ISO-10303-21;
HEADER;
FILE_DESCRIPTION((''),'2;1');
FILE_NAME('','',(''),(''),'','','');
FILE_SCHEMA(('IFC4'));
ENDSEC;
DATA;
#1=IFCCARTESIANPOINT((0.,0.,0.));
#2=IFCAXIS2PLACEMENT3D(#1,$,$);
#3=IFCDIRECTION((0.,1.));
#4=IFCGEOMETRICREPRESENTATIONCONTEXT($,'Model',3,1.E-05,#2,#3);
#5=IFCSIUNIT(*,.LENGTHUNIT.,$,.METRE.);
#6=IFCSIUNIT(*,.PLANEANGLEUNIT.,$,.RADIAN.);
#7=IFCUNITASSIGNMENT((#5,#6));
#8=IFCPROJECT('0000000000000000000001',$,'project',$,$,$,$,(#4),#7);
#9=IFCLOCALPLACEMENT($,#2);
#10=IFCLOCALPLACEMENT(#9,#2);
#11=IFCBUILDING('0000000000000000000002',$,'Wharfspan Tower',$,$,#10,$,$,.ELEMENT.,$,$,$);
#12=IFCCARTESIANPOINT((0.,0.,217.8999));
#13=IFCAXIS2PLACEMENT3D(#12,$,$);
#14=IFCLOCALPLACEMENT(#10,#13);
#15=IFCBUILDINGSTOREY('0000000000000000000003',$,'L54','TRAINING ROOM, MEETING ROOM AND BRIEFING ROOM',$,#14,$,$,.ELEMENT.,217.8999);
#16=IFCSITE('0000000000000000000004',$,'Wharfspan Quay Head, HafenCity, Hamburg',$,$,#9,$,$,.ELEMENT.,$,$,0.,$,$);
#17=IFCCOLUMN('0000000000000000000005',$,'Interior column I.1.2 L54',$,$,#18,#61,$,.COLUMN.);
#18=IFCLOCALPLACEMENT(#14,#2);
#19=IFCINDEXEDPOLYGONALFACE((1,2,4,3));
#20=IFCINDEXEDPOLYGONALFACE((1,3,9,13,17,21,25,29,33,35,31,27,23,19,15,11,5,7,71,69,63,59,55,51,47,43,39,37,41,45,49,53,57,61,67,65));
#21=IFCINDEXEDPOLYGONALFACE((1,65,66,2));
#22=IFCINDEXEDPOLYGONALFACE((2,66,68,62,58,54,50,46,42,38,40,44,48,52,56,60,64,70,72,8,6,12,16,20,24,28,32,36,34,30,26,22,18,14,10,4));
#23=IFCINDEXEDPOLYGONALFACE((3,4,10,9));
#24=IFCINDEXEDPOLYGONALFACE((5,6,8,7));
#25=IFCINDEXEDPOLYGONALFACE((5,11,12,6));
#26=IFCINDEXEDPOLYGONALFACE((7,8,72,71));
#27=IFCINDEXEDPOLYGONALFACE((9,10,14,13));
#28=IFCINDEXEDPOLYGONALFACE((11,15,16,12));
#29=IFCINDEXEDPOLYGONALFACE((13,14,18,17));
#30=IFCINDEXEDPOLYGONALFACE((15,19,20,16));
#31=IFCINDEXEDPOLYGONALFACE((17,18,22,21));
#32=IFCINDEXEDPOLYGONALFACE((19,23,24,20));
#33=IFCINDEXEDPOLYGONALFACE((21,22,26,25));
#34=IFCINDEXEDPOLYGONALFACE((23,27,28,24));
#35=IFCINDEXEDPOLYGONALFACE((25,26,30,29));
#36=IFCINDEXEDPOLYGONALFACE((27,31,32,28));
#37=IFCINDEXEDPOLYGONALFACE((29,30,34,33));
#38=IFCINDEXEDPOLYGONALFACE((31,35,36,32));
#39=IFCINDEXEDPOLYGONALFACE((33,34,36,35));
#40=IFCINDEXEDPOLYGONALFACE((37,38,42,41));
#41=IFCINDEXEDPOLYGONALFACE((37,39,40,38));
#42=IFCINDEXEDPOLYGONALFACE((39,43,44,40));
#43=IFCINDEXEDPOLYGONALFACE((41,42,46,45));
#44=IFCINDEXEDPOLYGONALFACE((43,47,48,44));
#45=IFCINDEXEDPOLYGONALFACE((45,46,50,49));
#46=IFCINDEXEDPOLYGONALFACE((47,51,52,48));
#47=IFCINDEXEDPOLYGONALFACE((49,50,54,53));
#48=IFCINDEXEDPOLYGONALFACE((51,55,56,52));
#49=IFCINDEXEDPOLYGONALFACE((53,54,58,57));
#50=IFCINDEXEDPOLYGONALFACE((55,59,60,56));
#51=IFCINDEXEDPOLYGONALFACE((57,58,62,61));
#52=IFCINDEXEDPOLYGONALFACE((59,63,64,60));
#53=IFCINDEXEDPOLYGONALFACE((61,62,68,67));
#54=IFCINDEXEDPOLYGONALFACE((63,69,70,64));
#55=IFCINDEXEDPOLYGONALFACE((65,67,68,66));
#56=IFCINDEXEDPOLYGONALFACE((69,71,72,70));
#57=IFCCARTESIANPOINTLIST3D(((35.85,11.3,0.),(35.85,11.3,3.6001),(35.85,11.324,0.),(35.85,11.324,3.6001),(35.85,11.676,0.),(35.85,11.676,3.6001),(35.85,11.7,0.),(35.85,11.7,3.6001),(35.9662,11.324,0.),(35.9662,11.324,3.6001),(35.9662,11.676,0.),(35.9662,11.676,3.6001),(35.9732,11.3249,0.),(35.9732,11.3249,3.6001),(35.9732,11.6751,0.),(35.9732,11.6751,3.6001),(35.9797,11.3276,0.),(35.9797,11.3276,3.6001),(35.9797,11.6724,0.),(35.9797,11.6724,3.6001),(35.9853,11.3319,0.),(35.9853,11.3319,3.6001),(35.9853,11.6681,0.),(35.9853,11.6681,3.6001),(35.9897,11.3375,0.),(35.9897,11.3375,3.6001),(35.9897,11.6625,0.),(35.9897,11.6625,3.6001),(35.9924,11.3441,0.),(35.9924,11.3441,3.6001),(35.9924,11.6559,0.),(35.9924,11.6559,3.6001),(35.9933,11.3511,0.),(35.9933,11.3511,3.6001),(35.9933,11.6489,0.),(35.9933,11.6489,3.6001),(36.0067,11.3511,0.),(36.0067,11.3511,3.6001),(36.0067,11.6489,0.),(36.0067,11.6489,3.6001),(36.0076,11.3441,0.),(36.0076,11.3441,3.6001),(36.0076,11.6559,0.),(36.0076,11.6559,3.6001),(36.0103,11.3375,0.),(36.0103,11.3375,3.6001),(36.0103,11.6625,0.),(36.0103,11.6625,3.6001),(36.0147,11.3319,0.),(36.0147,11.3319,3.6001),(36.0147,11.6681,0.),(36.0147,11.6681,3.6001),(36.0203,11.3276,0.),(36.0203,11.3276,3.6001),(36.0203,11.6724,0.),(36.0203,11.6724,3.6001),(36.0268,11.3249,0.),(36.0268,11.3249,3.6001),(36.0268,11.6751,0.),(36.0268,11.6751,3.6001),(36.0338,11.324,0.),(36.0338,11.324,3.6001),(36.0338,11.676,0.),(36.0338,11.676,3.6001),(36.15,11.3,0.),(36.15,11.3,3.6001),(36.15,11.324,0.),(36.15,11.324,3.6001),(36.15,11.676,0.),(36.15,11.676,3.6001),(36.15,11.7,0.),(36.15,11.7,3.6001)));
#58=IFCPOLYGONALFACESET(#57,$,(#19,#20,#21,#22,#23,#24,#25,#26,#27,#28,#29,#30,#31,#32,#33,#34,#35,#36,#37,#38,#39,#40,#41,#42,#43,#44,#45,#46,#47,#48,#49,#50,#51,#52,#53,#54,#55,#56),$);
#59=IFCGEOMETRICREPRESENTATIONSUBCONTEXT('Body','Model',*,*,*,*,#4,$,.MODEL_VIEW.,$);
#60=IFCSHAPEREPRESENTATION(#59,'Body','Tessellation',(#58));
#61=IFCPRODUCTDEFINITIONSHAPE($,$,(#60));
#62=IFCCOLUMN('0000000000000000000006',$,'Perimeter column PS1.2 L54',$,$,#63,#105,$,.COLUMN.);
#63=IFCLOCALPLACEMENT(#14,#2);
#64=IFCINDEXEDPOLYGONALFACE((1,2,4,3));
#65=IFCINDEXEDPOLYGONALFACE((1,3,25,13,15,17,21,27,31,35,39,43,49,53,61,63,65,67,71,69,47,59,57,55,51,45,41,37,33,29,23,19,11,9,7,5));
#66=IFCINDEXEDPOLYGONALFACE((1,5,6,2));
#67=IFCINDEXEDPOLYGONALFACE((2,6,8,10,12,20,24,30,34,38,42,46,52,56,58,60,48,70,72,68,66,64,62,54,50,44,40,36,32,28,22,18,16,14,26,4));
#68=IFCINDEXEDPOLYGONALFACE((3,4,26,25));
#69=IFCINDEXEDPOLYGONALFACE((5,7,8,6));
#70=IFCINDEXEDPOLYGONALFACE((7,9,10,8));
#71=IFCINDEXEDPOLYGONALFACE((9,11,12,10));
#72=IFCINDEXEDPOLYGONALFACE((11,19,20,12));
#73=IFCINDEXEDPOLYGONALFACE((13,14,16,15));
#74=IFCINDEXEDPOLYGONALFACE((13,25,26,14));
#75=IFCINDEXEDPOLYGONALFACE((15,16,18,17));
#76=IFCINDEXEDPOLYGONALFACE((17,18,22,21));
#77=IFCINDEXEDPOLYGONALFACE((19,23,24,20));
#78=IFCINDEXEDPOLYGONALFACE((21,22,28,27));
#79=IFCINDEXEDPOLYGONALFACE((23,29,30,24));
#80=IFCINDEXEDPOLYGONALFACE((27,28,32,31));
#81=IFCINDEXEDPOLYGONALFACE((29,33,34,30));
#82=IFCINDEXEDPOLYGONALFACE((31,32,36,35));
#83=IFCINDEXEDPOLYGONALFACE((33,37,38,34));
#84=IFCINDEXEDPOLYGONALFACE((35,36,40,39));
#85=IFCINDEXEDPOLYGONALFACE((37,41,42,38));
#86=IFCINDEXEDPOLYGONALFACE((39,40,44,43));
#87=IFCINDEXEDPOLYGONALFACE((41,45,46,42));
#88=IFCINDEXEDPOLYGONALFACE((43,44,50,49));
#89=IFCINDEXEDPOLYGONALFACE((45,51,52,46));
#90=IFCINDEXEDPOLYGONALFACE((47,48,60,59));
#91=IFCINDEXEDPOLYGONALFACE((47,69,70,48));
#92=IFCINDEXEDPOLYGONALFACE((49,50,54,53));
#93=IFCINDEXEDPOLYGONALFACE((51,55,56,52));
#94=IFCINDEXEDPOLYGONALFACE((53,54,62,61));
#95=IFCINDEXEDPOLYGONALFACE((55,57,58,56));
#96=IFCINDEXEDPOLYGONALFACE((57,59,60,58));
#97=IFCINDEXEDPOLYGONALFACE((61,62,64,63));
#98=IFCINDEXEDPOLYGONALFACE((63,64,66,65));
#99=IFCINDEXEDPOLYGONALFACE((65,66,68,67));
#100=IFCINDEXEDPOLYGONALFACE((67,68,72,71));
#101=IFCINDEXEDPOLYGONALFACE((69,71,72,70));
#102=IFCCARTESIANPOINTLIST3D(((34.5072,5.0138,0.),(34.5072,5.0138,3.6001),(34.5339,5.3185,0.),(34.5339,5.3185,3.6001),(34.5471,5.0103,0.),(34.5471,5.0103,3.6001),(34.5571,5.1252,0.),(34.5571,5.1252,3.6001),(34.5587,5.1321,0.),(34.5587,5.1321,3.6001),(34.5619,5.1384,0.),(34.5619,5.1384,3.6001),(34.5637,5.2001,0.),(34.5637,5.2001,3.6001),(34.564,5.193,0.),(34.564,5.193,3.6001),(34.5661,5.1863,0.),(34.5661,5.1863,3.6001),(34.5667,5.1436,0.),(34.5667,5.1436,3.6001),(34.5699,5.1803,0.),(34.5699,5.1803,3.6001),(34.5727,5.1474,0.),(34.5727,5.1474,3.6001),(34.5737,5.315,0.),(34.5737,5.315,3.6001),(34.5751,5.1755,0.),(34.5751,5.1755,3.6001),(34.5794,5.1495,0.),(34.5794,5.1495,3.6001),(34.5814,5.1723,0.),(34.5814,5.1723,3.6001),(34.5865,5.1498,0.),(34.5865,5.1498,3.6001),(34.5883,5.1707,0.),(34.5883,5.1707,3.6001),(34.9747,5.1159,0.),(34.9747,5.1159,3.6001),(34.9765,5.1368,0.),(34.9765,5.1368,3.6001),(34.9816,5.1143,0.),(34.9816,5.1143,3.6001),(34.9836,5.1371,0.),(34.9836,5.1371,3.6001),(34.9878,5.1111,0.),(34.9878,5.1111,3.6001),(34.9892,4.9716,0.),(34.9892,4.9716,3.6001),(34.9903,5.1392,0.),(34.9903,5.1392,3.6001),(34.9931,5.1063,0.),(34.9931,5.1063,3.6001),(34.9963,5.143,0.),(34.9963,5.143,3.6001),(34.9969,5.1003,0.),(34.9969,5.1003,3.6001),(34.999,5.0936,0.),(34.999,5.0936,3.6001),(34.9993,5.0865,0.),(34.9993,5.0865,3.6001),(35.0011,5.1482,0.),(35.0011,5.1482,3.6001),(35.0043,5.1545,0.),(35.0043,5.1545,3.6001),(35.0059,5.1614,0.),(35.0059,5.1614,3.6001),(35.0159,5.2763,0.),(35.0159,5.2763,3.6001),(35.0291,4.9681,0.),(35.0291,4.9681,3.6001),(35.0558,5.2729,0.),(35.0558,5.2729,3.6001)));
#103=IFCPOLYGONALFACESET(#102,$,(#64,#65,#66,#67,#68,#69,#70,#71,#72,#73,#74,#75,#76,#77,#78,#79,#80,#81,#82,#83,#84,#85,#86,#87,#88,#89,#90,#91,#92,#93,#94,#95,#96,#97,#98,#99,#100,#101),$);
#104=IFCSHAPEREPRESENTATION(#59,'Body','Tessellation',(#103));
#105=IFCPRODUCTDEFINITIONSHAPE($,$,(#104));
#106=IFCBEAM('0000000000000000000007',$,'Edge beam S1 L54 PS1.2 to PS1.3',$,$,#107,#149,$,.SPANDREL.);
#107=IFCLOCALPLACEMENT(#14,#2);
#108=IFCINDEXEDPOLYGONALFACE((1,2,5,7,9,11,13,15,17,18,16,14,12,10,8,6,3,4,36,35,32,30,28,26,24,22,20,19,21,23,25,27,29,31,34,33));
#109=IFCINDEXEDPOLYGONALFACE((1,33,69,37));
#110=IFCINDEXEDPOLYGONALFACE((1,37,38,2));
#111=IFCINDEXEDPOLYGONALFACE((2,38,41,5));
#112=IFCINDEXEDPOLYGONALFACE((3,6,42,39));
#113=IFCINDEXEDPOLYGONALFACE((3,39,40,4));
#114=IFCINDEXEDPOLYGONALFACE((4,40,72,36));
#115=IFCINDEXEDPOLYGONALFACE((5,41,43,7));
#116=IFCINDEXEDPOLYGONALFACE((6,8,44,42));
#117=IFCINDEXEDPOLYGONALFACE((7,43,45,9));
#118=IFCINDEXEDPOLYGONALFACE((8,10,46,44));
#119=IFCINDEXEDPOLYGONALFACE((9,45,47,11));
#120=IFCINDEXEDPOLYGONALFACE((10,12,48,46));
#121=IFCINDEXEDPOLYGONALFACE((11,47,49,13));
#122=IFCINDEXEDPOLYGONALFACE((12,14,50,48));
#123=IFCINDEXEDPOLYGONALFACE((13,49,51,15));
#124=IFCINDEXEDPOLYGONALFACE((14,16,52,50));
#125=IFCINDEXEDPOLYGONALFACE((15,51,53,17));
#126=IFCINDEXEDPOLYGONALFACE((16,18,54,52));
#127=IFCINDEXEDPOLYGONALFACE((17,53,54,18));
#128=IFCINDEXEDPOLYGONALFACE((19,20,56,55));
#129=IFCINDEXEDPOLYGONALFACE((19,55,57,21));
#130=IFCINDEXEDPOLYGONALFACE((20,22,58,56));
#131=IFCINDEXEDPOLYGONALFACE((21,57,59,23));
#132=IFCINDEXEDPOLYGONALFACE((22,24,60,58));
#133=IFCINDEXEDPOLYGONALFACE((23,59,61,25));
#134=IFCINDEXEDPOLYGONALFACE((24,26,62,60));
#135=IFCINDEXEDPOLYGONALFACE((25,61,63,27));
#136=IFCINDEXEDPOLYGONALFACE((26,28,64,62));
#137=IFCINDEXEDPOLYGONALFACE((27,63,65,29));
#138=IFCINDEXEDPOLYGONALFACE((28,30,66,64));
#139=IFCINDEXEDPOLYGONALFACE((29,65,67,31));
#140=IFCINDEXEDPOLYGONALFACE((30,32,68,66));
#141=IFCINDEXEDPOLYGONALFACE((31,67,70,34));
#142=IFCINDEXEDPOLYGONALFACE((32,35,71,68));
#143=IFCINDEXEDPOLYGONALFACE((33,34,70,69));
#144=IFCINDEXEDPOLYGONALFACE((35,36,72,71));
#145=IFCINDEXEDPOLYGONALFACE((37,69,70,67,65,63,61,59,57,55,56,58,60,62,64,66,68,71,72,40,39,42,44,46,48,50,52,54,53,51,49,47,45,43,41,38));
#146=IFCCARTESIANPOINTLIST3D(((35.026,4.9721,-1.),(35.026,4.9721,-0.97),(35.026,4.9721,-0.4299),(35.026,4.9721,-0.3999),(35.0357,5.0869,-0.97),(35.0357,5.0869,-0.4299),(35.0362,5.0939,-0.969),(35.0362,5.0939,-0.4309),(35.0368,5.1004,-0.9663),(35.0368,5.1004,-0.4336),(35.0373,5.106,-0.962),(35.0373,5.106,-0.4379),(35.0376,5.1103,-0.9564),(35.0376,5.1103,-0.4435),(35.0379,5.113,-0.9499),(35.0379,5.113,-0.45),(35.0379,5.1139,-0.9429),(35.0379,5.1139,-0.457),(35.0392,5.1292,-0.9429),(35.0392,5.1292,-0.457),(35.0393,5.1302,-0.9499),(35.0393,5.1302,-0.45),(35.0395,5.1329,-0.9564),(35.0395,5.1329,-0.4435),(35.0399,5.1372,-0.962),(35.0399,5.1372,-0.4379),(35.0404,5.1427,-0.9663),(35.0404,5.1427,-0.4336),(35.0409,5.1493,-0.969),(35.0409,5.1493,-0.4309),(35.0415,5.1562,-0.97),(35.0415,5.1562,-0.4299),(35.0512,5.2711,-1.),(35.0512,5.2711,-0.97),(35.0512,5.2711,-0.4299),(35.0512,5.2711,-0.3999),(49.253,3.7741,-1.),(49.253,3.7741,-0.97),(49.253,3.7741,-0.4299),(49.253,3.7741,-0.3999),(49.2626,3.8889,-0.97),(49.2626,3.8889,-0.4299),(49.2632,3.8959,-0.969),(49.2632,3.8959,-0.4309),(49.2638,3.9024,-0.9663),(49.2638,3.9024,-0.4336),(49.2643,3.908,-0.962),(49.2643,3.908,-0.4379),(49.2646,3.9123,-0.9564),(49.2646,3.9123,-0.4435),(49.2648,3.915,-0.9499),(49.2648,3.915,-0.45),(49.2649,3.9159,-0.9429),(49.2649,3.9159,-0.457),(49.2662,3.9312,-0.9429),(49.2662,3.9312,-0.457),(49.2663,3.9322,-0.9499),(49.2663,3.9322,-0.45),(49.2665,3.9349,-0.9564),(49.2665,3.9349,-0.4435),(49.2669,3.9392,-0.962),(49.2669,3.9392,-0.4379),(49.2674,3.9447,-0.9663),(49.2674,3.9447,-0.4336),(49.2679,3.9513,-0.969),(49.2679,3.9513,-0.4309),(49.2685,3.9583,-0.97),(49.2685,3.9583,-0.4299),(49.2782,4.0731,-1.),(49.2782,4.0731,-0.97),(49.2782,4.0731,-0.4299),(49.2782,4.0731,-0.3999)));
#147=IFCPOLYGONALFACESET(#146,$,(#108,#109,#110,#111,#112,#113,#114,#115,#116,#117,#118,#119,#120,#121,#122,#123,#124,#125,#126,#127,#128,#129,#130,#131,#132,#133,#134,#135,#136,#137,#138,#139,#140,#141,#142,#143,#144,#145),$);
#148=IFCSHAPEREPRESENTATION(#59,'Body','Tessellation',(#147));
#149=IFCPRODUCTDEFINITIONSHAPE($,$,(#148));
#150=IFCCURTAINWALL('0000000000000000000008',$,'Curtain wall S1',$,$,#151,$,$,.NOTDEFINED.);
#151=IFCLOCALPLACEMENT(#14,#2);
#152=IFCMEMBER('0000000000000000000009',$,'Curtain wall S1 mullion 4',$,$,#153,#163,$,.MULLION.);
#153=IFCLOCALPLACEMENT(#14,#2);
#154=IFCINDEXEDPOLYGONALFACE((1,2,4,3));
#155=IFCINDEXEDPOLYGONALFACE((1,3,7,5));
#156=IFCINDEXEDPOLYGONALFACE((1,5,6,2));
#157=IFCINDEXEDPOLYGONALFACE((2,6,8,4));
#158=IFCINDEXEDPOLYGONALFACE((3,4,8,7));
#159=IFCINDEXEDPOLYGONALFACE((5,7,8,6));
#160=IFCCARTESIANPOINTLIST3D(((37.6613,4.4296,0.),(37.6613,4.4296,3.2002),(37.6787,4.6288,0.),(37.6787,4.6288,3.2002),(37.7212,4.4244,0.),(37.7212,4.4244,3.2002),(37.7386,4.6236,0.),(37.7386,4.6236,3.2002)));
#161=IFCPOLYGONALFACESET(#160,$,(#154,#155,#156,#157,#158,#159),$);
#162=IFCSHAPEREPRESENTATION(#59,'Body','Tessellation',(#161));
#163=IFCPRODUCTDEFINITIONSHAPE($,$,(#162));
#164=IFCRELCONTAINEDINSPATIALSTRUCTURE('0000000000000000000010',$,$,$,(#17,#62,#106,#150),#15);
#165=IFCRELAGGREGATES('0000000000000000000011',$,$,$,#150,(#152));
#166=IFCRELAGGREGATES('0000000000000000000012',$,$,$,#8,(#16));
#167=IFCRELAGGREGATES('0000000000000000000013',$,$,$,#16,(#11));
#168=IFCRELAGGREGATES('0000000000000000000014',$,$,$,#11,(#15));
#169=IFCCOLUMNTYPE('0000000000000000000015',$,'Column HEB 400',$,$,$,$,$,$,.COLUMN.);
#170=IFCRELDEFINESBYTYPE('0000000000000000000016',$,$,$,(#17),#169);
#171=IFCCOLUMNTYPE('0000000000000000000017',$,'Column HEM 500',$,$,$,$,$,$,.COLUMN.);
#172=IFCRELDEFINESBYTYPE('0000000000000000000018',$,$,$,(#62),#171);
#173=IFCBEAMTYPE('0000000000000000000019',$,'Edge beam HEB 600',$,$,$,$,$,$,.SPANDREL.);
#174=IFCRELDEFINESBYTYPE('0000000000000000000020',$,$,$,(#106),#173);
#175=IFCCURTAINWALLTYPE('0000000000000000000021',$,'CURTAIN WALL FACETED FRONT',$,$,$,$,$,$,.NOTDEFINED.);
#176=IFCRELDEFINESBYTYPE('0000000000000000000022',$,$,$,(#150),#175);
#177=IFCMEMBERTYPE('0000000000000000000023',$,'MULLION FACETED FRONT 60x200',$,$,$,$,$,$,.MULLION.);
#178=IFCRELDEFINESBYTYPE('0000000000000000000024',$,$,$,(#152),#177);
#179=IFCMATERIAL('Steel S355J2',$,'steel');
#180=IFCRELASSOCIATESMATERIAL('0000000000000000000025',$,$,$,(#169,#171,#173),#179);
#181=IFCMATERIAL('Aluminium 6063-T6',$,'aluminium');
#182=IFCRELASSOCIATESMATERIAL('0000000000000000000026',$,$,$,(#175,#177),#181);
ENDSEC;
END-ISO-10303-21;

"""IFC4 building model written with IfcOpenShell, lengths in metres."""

from ifc_helpers import new_model, si_unit, direction, frame, origin, origin_2d, place, context, subcontext, project, spatial, rectangle, i_section, extrude, material, material_profile, profile_set, type_object, element, aggregate, save


model = new_model("IFC4")

# Units and contexts
model_context = context("Model", 3, precision=1e-05, world=origin(), true_north=direction((0.0, 1.0)))
body_context = subcontext(model_context, "Body", "Model", "MODEL_VIEW")
ifc_project = project(units=[si_unit("LENGTHUNIT", "METRE"), si_unit("PLANEANGLEUNIT", "RADIAN")], contexts=[model_context])

# Site, building, storey
site_placement = place(None, origin())
site = spatial("IfcSite", under=ifc_project, at=site_placement, Name="Wharfspan Quay Head, HafenCity, Hamburg", CompositionType="ELEMENT", RefElevation=0.0)
building_placement = place(site_placement, origin())
building = spatial("IfcBuilding", under=site, at=building_placement, Name="Wharfspan Tower", CompositionType="ELEMENT")
storey_placement = place(building_placement, frame((0.0, 0.0, 217.8999)))
storey = spatial("IfcBuildingStorey", under=building, at=storey_placement, Name="L54", Description="TRAINING ROOM, MEETING ROOM AND BRIEFING ROOM", CompositionType="ELEMENT", Elevation=217.8999)

# Columns
ifc_material_1 = material(Name="Steel S355J2", Category="steel")
ifc_material_profile_1 = material_profile(ifc_material_1, i_section(OverallWidth=0.3, OverallDepth=0.3999, WebThickness=0.0134, FlangeThickness=0.0239, FilletRadius=0.0271, at=origin_2d()))
ifc_profile_set_1 = profile_set([ifc_material_profile_1], Name="Steel S355J2")
column_type_1 = type_object("IfcColumnType", Name="Column HEB 400", PredefinedType="COLUMN", material=ifc_profile_set_1)
column_1_placement = place(storey_placement, frame((36.0, 11.5, 0.0), z_axis=(0.0, 0.0, 1.0), x_axis=(1.0, 0.0, 0.0)))
element("IfcColumn", 1, at=column_1_placement, inside=storey, type_object=column_type_1, Name="Interior column I.1.2 L54", PredefinedType="COLUMN", context=body_context, shape_type="SweptSolid", body=[
    extrude(i_section(OverallWidth=0.3, OverallDepth=0.3999, WebThickness=0.0134, FlangeThickness=0.0239, FilletRadius=0.0271, at=origin_2d()), origin(), (0.0, 0.0, 1.0), 3.6001),
])
ifc_material_profile_2 = material_profile(ifc_material_1, i_section(OverallWidth=0.3059, OverallDepth=0.5239, WebThickness=0.021, FlangeThickness=0.04, FilletRadius=0.0271, at=origin_2d()))
ifc_profile_set_2 = profile_set([ifc_material_profile_2], Name="Steel S355J2")
column_type_2 = type_object("IfcColumnType", Name="Column HEM 500", PredefinedType="COLUMN", material=ifc_profile_set_2)
column_2_placement = place(storey_placement, frame((34.7815, 5.1433, 0.0), z_axis=(0.0, 0.0, 1.0), x_axis=(-0.087156, -0.996197, 0.0)))
element("IfcColumn", 2, at=column_2_placement, inside=storey, type_object=column_type_2, Name="Perimeter column PS1.2 L54", PredefinedType="COLUMN", context=body_context, shape_type="SweptSolid", body=[
    extrude(i_section(OverallWidth=0.3059, OverallDepth=0.5239, WebThickness=0.021, FlangeThickness=0.04, FilletRadius=0.0271, at=origin_2d()), origin(), (0.0, 0.0, 1.0), 3.6001),
])

# Beam
ifc_material_profile_3 = material_profile(ifc_material_1, i_section(OverallWidth=0.3, OverallDepth=0.6001, WebThickness=0.0154, FlangeThickness=0.03, FilletRadius=0.0271, at=origin_2d()))
ifc_profile_set_3 = profile_set([ifc_material_profile_3], Name="Steel S355J2")
beam_type = type_object("IfcBeamType", Name="Edge beam HEB 600", PredefinedType="SPANDREL", material=ifc_profile_set_3)
beam_placement = place(storey_placement, frame((35.0386, 5.1216, -0.7), z_axis=(0.996473, -0.083909, 0.0), x_axis=(0.083909, 0.996473, 0.0)))
element("IfcBeam", 3, at=beam_placement, inside=storey, type_object=beam_type, Name="Edge beam S1 L54 PS1.2 to PS1.3", PredefinedType="SPANDREL", context=body_context, shape_type="SweptSolid", body=[
    extrude(i_section(OverallWidth=0.3, OverallDepth=0.6001, WebThickness=0.0154, FlangeThickness=0.03, FilletRadius=0.0271, at=origin_2d()), origin(), (0.0, 0.0, 1.0), 14.2773),
])

# Curtain wall, member
ifc_material_2 = material(Name="Aluminium 6063-T6", Category="aluminium")
curtain_wall_type = type_object("IfcCurtainWallType", Name="CURTAIN WALL FACETED FRONT", PredefinedType="NOTDEFINED", material=ifc_material_2)
curtain_wall_placement = place(storey_placement, origin())
curtain_wall = element("IfcCurtainWall", 4, at=curtain_wall_placement, inside=storey, type_object=curtain_wall_type, Name="Curtain wall S1", PredefinedType="NOTDEFINED")
ifc_material_profile_4 = material_profile(ifc_material_2, rectangle(XDim=0.2, YDim=0.0601, at=origin_2d()))
ifc_profile_set_4 = profile_set([ifc_material_profile_4], Name="Aluminium 6063-T6")
member_type_1 = type_object("IfcMemberType", Name="MULLION FACETED FRONT 60x200", PredefinedType="MULLION", material=ifc_profile_set_4)
member_1_placement = place(storey_placement, frame((37.7, 4.5266, 0.0), z_axis=(0.0, 0.0, 1.0), x_axis=(0.087156, 0.996197, 0.0)))
member_1 = element("IfcMember", 5, at=member_1_placement, type_object=member_type_1, Name="Curtain wall S1 mullion 4", PredefinedType="MULLION", context=body_context, shape_type="SweptSolid", body=[
    extrude(rectangle(XDim=0.2, YDim=0.0601, at=origin_2d()), origin(), (0.0, 0.0, 1.0), 3.2002),
])

aggregate(curtain_wall, [member_1])

save(model, "model.ifc")
